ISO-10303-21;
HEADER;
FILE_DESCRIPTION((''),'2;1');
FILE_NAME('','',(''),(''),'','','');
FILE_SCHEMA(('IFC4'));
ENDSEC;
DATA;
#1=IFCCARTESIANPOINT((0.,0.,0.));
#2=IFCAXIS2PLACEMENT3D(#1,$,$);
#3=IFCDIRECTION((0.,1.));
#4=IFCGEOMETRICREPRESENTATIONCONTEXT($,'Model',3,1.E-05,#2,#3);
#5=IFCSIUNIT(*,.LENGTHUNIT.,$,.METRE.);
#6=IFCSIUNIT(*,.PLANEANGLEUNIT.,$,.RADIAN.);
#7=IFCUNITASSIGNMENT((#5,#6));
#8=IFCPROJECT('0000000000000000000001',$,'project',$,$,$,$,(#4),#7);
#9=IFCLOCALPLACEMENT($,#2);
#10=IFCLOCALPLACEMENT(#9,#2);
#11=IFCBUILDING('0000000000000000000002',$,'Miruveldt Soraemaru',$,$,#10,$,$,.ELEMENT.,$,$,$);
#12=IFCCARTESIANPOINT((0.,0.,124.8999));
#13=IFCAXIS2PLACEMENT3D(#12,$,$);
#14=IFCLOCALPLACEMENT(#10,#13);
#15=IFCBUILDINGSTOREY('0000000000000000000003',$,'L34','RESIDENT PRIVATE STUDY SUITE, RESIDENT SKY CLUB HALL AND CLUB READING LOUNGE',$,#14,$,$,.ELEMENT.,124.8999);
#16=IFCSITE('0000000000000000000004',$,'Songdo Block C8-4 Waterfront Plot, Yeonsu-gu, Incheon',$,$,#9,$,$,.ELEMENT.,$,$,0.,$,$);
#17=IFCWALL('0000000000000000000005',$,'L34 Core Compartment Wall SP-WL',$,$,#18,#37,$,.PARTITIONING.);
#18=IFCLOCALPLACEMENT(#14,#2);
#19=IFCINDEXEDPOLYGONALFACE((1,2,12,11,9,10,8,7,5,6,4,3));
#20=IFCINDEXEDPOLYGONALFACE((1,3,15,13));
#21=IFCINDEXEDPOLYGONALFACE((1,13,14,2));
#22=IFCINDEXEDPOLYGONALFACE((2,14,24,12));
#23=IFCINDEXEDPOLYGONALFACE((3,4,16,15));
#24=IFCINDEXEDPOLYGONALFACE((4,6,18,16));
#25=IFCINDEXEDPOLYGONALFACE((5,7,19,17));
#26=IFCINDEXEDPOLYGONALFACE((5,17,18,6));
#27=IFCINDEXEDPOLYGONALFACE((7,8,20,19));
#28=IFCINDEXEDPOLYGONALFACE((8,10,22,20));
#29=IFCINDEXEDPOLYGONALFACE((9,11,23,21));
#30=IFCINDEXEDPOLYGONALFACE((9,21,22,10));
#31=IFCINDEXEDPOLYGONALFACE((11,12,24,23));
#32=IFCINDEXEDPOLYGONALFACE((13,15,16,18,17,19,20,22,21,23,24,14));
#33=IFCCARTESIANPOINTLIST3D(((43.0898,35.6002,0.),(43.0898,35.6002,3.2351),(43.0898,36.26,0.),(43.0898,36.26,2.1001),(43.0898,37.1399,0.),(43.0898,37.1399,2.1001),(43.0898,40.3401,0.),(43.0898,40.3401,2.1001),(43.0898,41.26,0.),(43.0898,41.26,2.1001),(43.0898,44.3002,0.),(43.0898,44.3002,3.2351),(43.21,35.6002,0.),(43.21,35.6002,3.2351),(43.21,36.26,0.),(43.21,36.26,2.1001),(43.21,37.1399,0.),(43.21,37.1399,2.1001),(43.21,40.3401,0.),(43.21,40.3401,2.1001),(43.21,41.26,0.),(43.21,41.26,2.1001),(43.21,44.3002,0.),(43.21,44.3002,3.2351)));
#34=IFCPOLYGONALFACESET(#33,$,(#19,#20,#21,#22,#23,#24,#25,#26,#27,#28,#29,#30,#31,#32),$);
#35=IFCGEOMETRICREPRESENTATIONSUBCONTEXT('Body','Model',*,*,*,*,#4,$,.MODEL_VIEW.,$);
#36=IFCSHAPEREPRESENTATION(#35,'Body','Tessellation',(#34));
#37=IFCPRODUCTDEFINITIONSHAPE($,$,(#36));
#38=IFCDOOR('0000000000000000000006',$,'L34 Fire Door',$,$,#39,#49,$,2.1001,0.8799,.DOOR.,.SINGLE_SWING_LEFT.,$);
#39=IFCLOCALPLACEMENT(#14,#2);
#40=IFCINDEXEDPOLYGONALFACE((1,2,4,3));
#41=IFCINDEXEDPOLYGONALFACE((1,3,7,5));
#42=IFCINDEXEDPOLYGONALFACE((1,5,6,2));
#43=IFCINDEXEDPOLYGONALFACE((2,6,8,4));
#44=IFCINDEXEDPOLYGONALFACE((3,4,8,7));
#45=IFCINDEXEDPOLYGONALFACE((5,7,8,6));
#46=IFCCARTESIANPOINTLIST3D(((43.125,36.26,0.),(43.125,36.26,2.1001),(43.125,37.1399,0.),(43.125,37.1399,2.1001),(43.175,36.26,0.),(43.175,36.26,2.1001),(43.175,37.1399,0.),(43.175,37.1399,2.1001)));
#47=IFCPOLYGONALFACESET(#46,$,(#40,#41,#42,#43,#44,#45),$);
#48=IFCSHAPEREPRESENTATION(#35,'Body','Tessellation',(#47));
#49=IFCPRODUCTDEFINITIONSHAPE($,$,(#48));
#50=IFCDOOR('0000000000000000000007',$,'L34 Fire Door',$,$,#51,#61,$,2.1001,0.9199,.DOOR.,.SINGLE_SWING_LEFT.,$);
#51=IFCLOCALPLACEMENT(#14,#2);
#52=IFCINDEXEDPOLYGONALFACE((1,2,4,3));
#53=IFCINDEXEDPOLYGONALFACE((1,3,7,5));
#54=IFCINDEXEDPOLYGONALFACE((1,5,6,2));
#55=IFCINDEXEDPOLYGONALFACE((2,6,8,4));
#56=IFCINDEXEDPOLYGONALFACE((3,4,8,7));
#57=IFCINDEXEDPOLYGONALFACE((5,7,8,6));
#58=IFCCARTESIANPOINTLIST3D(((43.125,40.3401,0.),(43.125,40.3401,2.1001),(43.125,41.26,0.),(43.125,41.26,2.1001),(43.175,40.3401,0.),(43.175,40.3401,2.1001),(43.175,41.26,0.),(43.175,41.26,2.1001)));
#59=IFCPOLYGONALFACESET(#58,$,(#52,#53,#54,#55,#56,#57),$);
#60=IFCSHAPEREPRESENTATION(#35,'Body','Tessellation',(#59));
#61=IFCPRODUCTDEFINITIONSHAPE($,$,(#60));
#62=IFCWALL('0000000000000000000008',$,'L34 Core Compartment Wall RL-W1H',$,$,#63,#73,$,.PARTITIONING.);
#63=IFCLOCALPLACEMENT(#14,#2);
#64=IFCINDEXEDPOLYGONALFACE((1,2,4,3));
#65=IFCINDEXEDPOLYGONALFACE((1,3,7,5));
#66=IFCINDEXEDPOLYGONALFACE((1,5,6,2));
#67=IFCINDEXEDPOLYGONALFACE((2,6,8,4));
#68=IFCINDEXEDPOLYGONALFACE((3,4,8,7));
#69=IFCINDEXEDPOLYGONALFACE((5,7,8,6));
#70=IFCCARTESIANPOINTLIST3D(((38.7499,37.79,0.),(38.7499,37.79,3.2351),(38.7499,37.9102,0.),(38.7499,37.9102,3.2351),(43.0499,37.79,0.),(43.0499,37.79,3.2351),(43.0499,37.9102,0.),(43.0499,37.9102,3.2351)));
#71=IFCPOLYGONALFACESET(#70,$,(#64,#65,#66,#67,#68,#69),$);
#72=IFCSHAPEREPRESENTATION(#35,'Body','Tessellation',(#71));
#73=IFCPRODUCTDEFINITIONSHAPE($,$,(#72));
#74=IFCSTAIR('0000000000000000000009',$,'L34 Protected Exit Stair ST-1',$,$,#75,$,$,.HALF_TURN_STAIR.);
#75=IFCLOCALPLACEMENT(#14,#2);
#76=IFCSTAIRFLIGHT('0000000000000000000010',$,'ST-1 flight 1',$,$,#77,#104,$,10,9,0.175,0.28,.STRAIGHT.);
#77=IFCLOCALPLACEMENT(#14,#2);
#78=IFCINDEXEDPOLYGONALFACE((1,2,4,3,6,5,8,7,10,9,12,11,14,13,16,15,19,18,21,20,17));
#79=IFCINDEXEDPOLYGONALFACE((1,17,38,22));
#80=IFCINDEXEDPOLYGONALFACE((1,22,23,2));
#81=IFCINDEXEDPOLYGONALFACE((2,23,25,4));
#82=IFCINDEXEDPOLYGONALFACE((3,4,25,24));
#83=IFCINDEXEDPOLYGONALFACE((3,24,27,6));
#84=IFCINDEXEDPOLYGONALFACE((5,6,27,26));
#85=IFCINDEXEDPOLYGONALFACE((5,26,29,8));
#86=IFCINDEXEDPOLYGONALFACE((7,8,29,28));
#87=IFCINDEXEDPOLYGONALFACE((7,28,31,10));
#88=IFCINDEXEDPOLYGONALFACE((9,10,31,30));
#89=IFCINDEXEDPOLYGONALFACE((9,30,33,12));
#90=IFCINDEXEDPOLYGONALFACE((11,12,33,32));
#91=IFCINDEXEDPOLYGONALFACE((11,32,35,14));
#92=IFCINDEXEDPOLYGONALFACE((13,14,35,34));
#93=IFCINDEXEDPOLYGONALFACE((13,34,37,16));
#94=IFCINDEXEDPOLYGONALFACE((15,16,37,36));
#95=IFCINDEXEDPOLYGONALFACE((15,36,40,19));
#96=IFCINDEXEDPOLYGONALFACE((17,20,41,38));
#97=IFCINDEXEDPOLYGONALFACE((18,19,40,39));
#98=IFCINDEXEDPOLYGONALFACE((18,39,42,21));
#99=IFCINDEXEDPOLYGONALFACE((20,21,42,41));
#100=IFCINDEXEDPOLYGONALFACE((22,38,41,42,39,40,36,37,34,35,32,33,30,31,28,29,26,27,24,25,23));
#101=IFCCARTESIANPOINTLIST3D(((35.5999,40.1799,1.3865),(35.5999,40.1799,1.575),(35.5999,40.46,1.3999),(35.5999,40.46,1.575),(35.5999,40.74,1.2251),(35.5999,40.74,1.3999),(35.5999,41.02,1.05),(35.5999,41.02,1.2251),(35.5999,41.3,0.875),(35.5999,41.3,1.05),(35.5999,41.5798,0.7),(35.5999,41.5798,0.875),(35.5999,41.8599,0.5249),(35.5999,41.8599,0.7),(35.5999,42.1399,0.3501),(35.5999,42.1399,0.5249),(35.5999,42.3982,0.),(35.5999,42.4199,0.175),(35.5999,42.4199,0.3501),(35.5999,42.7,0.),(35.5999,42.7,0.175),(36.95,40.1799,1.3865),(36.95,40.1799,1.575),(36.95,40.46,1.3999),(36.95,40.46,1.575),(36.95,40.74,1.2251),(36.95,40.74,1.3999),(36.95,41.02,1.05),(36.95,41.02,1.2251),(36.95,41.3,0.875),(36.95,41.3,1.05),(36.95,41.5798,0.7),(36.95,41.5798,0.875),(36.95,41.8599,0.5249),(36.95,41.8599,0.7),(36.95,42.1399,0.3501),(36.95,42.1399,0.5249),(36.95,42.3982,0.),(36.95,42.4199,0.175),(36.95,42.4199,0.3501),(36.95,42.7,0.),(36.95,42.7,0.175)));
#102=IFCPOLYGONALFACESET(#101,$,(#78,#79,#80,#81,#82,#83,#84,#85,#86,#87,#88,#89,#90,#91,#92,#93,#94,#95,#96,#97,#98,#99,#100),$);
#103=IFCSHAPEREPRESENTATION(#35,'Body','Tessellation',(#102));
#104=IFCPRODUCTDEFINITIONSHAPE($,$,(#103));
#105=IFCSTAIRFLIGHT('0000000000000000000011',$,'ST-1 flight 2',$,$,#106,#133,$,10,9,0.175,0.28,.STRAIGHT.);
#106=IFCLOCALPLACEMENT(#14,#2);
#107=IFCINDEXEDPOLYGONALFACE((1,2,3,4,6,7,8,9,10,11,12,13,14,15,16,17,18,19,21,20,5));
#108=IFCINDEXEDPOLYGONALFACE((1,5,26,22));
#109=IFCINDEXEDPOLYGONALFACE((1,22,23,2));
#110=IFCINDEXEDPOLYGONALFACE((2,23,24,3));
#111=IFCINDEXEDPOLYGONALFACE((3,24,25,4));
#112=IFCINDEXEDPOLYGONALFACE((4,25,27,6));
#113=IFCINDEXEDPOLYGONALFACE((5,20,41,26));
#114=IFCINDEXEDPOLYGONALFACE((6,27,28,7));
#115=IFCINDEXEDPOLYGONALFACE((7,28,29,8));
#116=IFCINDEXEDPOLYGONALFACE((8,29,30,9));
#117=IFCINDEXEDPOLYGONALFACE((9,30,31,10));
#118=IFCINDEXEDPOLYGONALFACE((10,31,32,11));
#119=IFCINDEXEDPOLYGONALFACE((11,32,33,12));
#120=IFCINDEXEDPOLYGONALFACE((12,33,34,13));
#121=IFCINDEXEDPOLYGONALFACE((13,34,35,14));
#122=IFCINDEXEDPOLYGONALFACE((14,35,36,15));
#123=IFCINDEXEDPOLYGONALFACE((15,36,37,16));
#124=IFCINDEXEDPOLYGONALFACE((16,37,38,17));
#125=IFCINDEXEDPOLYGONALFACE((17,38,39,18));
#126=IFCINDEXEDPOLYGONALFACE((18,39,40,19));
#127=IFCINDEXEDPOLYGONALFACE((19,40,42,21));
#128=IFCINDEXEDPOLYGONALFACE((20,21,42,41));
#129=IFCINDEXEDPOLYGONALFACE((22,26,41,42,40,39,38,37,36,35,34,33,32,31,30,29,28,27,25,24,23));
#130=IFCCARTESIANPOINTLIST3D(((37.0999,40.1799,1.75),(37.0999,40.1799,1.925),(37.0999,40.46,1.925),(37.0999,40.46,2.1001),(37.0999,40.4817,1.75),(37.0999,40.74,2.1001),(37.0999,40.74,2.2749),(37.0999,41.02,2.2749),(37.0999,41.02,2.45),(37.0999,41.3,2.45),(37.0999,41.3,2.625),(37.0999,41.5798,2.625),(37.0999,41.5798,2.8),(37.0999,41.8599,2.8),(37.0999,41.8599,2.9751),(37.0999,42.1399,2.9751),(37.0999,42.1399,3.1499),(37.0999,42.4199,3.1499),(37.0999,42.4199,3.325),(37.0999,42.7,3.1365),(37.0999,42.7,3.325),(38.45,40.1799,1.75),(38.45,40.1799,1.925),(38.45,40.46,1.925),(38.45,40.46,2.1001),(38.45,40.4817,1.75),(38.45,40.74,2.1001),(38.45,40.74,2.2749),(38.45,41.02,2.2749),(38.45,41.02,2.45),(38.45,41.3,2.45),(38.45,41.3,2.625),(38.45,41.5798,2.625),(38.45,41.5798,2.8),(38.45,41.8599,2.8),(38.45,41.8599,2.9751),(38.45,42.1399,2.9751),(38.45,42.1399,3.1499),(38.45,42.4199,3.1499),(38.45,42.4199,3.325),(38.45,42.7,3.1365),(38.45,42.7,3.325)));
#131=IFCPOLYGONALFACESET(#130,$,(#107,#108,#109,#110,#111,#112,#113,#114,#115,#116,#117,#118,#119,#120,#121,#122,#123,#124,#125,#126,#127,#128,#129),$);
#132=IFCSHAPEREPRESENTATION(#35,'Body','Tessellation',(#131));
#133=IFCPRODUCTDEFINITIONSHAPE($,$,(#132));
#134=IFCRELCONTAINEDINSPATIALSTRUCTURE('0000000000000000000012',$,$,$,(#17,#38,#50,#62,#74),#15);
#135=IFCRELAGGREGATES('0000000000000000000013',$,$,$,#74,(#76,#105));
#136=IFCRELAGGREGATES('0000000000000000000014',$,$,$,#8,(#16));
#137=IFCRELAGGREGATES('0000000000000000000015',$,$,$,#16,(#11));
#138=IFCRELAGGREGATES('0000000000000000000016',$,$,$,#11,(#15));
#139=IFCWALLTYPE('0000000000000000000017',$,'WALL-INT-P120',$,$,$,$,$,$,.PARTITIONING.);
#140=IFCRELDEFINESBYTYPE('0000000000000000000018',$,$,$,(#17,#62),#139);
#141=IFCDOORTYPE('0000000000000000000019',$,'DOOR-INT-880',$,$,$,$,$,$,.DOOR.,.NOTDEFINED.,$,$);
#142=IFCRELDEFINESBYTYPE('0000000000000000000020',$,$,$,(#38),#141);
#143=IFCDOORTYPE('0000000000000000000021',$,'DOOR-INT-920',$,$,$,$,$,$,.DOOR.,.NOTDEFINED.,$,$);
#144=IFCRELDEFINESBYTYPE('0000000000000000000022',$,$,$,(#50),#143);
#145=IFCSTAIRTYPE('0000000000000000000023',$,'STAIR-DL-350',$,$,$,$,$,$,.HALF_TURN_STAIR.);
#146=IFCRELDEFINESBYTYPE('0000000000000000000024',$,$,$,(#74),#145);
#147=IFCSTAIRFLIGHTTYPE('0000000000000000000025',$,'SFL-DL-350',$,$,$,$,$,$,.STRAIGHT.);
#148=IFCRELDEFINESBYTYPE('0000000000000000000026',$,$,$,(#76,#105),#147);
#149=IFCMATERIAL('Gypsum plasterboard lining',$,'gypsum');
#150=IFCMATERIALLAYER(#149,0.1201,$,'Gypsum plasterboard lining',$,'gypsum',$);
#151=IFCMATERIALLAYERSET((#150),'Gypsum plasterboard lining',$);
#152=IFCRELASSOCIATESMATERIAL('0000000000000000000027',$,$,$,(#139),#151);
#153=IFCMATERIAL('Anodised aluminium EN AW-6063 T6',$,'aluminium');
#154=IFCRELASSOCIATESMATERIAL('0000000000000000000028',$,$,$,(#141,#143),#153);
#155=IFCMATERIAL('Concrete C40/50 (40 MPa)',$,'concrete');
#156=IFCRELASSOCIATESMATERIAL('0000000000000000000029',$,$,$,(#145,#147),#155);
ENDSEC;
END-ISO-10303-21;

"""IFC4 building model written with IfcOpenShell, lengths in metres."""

from ifc_helpers import new_model, si_unit, direction, frame, frame_2d, origin, place, context, subcontext, project, spatial, polyline, rectangle, outline, extrude, material, layer, layer_set, type_object, element, fill, aggregate, save


model = new_model("IFC4")

# Units and contexts
model_context = context("Model", 3, precision=1e-05, world=origin(), true_north=direction((0.0, 1.0)))
body_context = subcontext(model_context, "Body", "Model", "MODEL_VIEW")
ifc_project = project(units=[si_unit("LENGTHUNIT", "METRE"), si_unit("PLANEANGLEUNIT", "RADIAN")], contexts=[model_context])

# Site, building, storey
site_placement = place(None, origin())
site = spatial("IfcSite", under=ifc_project, at=site_placement, Name="Songdo Block C8-4 Waterfront Plot, Yeonsu-gu, Incheon", CompositionType="ELEMENT", RefElevation=0.0)
building_placement = place(site_placement, origin())
building = spatial("IfcBuilding", under=site, at=building_placement, Name="Miruveldt Soraemaru", CompositionType="ELEMENT")
storey_placement = place(building_placement, frame((0.0, 0.0, 124.8999)))
storey = spatial("IfcBuildingStorey", under=building, at=storey_placement, Name="L34", Description="RESIDENT PRIVATE STUDY SUITE, RESIDENT SKY CLUB HALL AND CLUB READING LOUNGE", CompositionType="ELEMENT", Elevation=124.8999)

# Wall, openings, doors
ifc_material_1 = material(Name="Gypsum plasterboard lining", Category="gypsum")
ifc_layer = layer(ifc_material_1, 0.1201, Name="Gypsum plasterboard lining", Category="gypsum")
ifc_layer_set = layer_set([ifc_layer], Name="Gypsum plasterboard lining")
wall_type = type_object("IfcWallType", Name="WALL-INT-P120", PredefinedType="PARTITIONING", material=ifc_layer_set)
wall_1_placement = place(storey_placement, frame((43.1499, 35.6001, 0.0), z_axis=(0.0, 0.0, 1.0), x_axis=(0.0, 1.0, 0.0)))
wall_1 = element("IfcWall", 1, at=wall_1_placement, inside=storey, type_object=wall_type, Name="L34 Core Compartment Wall SP-WL", PredefinedType="PARTITIONING", context=body_context, shape_type="SweptSolid", body=[
    extrude(rectangle(XDim=8.7, YDim=0.1201, at=frame_2d((4.3501, 0.0))), origin(), (0.0, 0.0, 1.0), 3.2351),
])
opening_1_placement = place(wall_1_placement, frame((0.6599, 0.0, 0.0)))
opening_1 = element("IfcOpeningElement", 2, at=opening_1_placement, cuts=wall_1, PredefinedType="OPENING", context=body_context, shape_type="SweptSolid", body=[
    extrude(rectangle(XDim=0.8799, YDim=2.1001, at=frame_2d((0.4399, 1.05))), frame((0.0, 0.0701, 0.0), z_axis=(0.0, -1.0, 0.0), x_axis=(1.0, 0.0, 0.0)), (0.0, 0.0, 1.0), 0.1401),
])
opening_2_placement = place(wall_1_placement, frame((4.74, 0.0, 0.0)))
opening_2 = element("IfcOpeningElement", 3, at=opening_2_placement, cuts=wall_1, PredefinedType="OPENING", context=body_context, shape_type="SweptSolid", body=[
    extrude(rectangle(XDim=0.9199, YDim=2.1001, at=frame_2d((0.46, 1.05))), frame((0.0, 0.0701, 0.0), z_axis=(0.0, -1.0, 0.0), x_axis=(1.0, 0.0, 0.0)), (0.0, 0.0, 1.0), 0.1401),
])
ifc_material_2 = material(Name="Anodised aluminium EN AW-6063 T6", Category="aluminium")
door_type_1 = type_object("IfcDoorType", Name="DOOR-INT-880", OperationType="NOTDEFINED", PredefinedType="DOOR", material=ifc_material_2)
door_1_placement = place(opening_1_placement, origin())
door_1 = element("IfcDoor", 4, at=door_1_placement, inside=storey, type_object=door_type_1, Name="L34 Fire Door", OperationType="SINGLE_SWING_LEFT", OverallHeight=2.1001, OverallWidth=0.8799, PredefinedType="DOOR", context=body_context, shape_type="SweptSolid", body=[
    extrude(rectangle(XDim=0.8799, YDim=2.1001, at=frame_2d((0.4399, 1.05))), frame((0.0, 0.0249, 0.0), z_axis=(0.0, -1.0, 0.0), x_axis=(1.0, 0.0, 0.0)), (0.0, 0.0, 1.0), 0.05),
])
fill(opening_1, door_1)
door_type_2 = type_object("IfcDoorType", Name="DOOR-INT-920", OperationType="NOTDEFINED", PredefinedType="DOOR", material=ifc_material_2)
door_2_placement = place(opening_2_placement, origin())
door_2 = element("IfcDoor", 5, at=door_2_placement, inside=storey, type_object=door_type_2, Name="L34 Fire Door", OperationType="SINGLE_SWING_LEFT", OverallHeight=2.1001, OverallWidth=0.9199, PredefinedType="DOOR", context=body_context, shape_type="SweptSolid", body=[
    extrude(rectangle(XDim=0.9199, YDim=2.1001, at=frame_2d((0.46, 1.05))), frame((0.0, 0.0249, 0.0), z_axis=(0.0, -1.0, 0.0), x_axis=(1.0, 0.0, 0.0)), (0.0, 0.0, 1.0), 0.05),
])
fill(opening_2, door_2)

# Wall
wall_2_placement = place(storey_placement, frame((38.75, 37.8501, 0.0), z_axis=(0.0, 0.0, 1.0), x_axis=(1.0, 0.0, 0.0)))
element("IfcWall", 6, at=wall_2_placement, inside=storey, type_object=wall_type, Name="L34 Core Compartment Wall RL-W1H", PredefinedType="PARTITIONING", context=body_context, shape_type="SweptSolid", body=[
    extrude(rectangle(XDim=4.3, YDim=0.1201, at=frame_2d((2.1499, 0.0))), origin(), (0.0, 0.0, 1.0), 3.2351),
])

# Stair, stair flights
ifc_material_3 = material(Name="Concrete C40/50 (40 MPa)", Category="concrete")
stair_type = type_object("IfcStairType", Name="STAIR-DL-350", PredefinedType="HALF_TURN_STAIR", material=ifc_material_3)
stair_placement = place(storey_placement, origin())
stair = element("IfcStair", 7, at=stair_placement, inside=storey, type_object=stair_type, Name="L34 Protected Exit Stair ST-1", PredefinedType="HALF_TURN_STAIR")
stair_flight_type = type_object("IfcStairFlightType", Name="SFL-DL-350", PredefinedType="STRAIGHT", material=ifc_material_3)
stair_flight_1_placement = place(storey_placement, frame((36.2749, 42.7, 0.0), z_axis=(0.0, 0.0, 1.0), x_axis=(0.0, -1.0, 0.0)))
stair_flight_1 = element("IfcStairFlight", 8, at=stair_flight_1_placement, type_object=stair_flight_type, Name="ST-1 flight 1", NumberOfRisers=10, NumberOfTreads=9, PredefinedType="STRAIGHT", RiserHeight=0.175, TreadLength=0.28, context=body_context, shape_type="SweptSolid", body=[
    extrude(outline(polyline([(0.0, 0.0), (0.0, 0.175), (0.28, 0.175), (0.28, 0.3501), (0.5601, 0.3501), (0.5601, 0.5249), (0.8401, 0.5249), (0.8401, 0.7), (1.1201, 0.7), (1.1201, 0.875), (1.3999, 0.875), (1.3999, 1.05), (1.6799, 1.05), (1.6799, 1.2251), (1.96, 1.2251), (1.96, 1.3999), (2.24, 1.3999), (2.24, 1.575), (2.52, 1.575), (2.52, 1.75), (2.52, 1.3865), (0.3018, 0.0), (0.0, 0.0)])), frame((0.0, 0.675, 0.0), z_axis=(0.0, -1.0, 0.0), x_axis=(1.0, 0.0, 0.0)), (0.0, 0.0, 1.0), 1.3501),
])
stair_flight_2_placement = place(storey_placement, frame((37.7749, 40.1799, 1.75), z_axis=(0.0, 0.0, 1.0), x_axis=(0.0, 1.0, 0.0)))
stair_flight_2 = element("IfcStairFlight", 9, at=stair_flight_2_placement, type_object=stair_flight_type, Name="ST-1 flight 2", NumberOfRisers=10, NumberOfTreads=9, PredefinedType="STRAIGHT", RiserHeight=0.175, TreadLength=0.28, context=body_context, shape_type="SweptSolid", body=[
    extrude(outline(polyline([(0.0, 0.0), (0.0, 0.175), (0.28, 0.175), (0.28, 0.3501), (0.5601, 0.3501), (0.5601, 0.5249), (0.8401, 0.5249), (0.8401, 0.7), (1.1201, 0.7), (1.1201, 0.875), (1.3999, 0.875), (1.3999, 1.05), (1.6799, 1.05), (1.6799, 1.2251), (1.96, 1.2251), (1.96, 1.3999), (2.24, 1.3999), (2.24, 1.575), (2.52, 1.575), (2.52, 1.75), (2.52, 1.3865), (0.3018, 0.0), (0.0, 0.0)])), frame((0.0, 0.675, 0.0), z_axis=(0.0, -1.0, 0.0), x_axis=(1.0, 0.0, 0.0)), (0.0, 0.0, 1.0), 1.3501),
])
aggregate(stair, [stair_flight_1, stair_flight_2])

save(model, "model.ifc")
